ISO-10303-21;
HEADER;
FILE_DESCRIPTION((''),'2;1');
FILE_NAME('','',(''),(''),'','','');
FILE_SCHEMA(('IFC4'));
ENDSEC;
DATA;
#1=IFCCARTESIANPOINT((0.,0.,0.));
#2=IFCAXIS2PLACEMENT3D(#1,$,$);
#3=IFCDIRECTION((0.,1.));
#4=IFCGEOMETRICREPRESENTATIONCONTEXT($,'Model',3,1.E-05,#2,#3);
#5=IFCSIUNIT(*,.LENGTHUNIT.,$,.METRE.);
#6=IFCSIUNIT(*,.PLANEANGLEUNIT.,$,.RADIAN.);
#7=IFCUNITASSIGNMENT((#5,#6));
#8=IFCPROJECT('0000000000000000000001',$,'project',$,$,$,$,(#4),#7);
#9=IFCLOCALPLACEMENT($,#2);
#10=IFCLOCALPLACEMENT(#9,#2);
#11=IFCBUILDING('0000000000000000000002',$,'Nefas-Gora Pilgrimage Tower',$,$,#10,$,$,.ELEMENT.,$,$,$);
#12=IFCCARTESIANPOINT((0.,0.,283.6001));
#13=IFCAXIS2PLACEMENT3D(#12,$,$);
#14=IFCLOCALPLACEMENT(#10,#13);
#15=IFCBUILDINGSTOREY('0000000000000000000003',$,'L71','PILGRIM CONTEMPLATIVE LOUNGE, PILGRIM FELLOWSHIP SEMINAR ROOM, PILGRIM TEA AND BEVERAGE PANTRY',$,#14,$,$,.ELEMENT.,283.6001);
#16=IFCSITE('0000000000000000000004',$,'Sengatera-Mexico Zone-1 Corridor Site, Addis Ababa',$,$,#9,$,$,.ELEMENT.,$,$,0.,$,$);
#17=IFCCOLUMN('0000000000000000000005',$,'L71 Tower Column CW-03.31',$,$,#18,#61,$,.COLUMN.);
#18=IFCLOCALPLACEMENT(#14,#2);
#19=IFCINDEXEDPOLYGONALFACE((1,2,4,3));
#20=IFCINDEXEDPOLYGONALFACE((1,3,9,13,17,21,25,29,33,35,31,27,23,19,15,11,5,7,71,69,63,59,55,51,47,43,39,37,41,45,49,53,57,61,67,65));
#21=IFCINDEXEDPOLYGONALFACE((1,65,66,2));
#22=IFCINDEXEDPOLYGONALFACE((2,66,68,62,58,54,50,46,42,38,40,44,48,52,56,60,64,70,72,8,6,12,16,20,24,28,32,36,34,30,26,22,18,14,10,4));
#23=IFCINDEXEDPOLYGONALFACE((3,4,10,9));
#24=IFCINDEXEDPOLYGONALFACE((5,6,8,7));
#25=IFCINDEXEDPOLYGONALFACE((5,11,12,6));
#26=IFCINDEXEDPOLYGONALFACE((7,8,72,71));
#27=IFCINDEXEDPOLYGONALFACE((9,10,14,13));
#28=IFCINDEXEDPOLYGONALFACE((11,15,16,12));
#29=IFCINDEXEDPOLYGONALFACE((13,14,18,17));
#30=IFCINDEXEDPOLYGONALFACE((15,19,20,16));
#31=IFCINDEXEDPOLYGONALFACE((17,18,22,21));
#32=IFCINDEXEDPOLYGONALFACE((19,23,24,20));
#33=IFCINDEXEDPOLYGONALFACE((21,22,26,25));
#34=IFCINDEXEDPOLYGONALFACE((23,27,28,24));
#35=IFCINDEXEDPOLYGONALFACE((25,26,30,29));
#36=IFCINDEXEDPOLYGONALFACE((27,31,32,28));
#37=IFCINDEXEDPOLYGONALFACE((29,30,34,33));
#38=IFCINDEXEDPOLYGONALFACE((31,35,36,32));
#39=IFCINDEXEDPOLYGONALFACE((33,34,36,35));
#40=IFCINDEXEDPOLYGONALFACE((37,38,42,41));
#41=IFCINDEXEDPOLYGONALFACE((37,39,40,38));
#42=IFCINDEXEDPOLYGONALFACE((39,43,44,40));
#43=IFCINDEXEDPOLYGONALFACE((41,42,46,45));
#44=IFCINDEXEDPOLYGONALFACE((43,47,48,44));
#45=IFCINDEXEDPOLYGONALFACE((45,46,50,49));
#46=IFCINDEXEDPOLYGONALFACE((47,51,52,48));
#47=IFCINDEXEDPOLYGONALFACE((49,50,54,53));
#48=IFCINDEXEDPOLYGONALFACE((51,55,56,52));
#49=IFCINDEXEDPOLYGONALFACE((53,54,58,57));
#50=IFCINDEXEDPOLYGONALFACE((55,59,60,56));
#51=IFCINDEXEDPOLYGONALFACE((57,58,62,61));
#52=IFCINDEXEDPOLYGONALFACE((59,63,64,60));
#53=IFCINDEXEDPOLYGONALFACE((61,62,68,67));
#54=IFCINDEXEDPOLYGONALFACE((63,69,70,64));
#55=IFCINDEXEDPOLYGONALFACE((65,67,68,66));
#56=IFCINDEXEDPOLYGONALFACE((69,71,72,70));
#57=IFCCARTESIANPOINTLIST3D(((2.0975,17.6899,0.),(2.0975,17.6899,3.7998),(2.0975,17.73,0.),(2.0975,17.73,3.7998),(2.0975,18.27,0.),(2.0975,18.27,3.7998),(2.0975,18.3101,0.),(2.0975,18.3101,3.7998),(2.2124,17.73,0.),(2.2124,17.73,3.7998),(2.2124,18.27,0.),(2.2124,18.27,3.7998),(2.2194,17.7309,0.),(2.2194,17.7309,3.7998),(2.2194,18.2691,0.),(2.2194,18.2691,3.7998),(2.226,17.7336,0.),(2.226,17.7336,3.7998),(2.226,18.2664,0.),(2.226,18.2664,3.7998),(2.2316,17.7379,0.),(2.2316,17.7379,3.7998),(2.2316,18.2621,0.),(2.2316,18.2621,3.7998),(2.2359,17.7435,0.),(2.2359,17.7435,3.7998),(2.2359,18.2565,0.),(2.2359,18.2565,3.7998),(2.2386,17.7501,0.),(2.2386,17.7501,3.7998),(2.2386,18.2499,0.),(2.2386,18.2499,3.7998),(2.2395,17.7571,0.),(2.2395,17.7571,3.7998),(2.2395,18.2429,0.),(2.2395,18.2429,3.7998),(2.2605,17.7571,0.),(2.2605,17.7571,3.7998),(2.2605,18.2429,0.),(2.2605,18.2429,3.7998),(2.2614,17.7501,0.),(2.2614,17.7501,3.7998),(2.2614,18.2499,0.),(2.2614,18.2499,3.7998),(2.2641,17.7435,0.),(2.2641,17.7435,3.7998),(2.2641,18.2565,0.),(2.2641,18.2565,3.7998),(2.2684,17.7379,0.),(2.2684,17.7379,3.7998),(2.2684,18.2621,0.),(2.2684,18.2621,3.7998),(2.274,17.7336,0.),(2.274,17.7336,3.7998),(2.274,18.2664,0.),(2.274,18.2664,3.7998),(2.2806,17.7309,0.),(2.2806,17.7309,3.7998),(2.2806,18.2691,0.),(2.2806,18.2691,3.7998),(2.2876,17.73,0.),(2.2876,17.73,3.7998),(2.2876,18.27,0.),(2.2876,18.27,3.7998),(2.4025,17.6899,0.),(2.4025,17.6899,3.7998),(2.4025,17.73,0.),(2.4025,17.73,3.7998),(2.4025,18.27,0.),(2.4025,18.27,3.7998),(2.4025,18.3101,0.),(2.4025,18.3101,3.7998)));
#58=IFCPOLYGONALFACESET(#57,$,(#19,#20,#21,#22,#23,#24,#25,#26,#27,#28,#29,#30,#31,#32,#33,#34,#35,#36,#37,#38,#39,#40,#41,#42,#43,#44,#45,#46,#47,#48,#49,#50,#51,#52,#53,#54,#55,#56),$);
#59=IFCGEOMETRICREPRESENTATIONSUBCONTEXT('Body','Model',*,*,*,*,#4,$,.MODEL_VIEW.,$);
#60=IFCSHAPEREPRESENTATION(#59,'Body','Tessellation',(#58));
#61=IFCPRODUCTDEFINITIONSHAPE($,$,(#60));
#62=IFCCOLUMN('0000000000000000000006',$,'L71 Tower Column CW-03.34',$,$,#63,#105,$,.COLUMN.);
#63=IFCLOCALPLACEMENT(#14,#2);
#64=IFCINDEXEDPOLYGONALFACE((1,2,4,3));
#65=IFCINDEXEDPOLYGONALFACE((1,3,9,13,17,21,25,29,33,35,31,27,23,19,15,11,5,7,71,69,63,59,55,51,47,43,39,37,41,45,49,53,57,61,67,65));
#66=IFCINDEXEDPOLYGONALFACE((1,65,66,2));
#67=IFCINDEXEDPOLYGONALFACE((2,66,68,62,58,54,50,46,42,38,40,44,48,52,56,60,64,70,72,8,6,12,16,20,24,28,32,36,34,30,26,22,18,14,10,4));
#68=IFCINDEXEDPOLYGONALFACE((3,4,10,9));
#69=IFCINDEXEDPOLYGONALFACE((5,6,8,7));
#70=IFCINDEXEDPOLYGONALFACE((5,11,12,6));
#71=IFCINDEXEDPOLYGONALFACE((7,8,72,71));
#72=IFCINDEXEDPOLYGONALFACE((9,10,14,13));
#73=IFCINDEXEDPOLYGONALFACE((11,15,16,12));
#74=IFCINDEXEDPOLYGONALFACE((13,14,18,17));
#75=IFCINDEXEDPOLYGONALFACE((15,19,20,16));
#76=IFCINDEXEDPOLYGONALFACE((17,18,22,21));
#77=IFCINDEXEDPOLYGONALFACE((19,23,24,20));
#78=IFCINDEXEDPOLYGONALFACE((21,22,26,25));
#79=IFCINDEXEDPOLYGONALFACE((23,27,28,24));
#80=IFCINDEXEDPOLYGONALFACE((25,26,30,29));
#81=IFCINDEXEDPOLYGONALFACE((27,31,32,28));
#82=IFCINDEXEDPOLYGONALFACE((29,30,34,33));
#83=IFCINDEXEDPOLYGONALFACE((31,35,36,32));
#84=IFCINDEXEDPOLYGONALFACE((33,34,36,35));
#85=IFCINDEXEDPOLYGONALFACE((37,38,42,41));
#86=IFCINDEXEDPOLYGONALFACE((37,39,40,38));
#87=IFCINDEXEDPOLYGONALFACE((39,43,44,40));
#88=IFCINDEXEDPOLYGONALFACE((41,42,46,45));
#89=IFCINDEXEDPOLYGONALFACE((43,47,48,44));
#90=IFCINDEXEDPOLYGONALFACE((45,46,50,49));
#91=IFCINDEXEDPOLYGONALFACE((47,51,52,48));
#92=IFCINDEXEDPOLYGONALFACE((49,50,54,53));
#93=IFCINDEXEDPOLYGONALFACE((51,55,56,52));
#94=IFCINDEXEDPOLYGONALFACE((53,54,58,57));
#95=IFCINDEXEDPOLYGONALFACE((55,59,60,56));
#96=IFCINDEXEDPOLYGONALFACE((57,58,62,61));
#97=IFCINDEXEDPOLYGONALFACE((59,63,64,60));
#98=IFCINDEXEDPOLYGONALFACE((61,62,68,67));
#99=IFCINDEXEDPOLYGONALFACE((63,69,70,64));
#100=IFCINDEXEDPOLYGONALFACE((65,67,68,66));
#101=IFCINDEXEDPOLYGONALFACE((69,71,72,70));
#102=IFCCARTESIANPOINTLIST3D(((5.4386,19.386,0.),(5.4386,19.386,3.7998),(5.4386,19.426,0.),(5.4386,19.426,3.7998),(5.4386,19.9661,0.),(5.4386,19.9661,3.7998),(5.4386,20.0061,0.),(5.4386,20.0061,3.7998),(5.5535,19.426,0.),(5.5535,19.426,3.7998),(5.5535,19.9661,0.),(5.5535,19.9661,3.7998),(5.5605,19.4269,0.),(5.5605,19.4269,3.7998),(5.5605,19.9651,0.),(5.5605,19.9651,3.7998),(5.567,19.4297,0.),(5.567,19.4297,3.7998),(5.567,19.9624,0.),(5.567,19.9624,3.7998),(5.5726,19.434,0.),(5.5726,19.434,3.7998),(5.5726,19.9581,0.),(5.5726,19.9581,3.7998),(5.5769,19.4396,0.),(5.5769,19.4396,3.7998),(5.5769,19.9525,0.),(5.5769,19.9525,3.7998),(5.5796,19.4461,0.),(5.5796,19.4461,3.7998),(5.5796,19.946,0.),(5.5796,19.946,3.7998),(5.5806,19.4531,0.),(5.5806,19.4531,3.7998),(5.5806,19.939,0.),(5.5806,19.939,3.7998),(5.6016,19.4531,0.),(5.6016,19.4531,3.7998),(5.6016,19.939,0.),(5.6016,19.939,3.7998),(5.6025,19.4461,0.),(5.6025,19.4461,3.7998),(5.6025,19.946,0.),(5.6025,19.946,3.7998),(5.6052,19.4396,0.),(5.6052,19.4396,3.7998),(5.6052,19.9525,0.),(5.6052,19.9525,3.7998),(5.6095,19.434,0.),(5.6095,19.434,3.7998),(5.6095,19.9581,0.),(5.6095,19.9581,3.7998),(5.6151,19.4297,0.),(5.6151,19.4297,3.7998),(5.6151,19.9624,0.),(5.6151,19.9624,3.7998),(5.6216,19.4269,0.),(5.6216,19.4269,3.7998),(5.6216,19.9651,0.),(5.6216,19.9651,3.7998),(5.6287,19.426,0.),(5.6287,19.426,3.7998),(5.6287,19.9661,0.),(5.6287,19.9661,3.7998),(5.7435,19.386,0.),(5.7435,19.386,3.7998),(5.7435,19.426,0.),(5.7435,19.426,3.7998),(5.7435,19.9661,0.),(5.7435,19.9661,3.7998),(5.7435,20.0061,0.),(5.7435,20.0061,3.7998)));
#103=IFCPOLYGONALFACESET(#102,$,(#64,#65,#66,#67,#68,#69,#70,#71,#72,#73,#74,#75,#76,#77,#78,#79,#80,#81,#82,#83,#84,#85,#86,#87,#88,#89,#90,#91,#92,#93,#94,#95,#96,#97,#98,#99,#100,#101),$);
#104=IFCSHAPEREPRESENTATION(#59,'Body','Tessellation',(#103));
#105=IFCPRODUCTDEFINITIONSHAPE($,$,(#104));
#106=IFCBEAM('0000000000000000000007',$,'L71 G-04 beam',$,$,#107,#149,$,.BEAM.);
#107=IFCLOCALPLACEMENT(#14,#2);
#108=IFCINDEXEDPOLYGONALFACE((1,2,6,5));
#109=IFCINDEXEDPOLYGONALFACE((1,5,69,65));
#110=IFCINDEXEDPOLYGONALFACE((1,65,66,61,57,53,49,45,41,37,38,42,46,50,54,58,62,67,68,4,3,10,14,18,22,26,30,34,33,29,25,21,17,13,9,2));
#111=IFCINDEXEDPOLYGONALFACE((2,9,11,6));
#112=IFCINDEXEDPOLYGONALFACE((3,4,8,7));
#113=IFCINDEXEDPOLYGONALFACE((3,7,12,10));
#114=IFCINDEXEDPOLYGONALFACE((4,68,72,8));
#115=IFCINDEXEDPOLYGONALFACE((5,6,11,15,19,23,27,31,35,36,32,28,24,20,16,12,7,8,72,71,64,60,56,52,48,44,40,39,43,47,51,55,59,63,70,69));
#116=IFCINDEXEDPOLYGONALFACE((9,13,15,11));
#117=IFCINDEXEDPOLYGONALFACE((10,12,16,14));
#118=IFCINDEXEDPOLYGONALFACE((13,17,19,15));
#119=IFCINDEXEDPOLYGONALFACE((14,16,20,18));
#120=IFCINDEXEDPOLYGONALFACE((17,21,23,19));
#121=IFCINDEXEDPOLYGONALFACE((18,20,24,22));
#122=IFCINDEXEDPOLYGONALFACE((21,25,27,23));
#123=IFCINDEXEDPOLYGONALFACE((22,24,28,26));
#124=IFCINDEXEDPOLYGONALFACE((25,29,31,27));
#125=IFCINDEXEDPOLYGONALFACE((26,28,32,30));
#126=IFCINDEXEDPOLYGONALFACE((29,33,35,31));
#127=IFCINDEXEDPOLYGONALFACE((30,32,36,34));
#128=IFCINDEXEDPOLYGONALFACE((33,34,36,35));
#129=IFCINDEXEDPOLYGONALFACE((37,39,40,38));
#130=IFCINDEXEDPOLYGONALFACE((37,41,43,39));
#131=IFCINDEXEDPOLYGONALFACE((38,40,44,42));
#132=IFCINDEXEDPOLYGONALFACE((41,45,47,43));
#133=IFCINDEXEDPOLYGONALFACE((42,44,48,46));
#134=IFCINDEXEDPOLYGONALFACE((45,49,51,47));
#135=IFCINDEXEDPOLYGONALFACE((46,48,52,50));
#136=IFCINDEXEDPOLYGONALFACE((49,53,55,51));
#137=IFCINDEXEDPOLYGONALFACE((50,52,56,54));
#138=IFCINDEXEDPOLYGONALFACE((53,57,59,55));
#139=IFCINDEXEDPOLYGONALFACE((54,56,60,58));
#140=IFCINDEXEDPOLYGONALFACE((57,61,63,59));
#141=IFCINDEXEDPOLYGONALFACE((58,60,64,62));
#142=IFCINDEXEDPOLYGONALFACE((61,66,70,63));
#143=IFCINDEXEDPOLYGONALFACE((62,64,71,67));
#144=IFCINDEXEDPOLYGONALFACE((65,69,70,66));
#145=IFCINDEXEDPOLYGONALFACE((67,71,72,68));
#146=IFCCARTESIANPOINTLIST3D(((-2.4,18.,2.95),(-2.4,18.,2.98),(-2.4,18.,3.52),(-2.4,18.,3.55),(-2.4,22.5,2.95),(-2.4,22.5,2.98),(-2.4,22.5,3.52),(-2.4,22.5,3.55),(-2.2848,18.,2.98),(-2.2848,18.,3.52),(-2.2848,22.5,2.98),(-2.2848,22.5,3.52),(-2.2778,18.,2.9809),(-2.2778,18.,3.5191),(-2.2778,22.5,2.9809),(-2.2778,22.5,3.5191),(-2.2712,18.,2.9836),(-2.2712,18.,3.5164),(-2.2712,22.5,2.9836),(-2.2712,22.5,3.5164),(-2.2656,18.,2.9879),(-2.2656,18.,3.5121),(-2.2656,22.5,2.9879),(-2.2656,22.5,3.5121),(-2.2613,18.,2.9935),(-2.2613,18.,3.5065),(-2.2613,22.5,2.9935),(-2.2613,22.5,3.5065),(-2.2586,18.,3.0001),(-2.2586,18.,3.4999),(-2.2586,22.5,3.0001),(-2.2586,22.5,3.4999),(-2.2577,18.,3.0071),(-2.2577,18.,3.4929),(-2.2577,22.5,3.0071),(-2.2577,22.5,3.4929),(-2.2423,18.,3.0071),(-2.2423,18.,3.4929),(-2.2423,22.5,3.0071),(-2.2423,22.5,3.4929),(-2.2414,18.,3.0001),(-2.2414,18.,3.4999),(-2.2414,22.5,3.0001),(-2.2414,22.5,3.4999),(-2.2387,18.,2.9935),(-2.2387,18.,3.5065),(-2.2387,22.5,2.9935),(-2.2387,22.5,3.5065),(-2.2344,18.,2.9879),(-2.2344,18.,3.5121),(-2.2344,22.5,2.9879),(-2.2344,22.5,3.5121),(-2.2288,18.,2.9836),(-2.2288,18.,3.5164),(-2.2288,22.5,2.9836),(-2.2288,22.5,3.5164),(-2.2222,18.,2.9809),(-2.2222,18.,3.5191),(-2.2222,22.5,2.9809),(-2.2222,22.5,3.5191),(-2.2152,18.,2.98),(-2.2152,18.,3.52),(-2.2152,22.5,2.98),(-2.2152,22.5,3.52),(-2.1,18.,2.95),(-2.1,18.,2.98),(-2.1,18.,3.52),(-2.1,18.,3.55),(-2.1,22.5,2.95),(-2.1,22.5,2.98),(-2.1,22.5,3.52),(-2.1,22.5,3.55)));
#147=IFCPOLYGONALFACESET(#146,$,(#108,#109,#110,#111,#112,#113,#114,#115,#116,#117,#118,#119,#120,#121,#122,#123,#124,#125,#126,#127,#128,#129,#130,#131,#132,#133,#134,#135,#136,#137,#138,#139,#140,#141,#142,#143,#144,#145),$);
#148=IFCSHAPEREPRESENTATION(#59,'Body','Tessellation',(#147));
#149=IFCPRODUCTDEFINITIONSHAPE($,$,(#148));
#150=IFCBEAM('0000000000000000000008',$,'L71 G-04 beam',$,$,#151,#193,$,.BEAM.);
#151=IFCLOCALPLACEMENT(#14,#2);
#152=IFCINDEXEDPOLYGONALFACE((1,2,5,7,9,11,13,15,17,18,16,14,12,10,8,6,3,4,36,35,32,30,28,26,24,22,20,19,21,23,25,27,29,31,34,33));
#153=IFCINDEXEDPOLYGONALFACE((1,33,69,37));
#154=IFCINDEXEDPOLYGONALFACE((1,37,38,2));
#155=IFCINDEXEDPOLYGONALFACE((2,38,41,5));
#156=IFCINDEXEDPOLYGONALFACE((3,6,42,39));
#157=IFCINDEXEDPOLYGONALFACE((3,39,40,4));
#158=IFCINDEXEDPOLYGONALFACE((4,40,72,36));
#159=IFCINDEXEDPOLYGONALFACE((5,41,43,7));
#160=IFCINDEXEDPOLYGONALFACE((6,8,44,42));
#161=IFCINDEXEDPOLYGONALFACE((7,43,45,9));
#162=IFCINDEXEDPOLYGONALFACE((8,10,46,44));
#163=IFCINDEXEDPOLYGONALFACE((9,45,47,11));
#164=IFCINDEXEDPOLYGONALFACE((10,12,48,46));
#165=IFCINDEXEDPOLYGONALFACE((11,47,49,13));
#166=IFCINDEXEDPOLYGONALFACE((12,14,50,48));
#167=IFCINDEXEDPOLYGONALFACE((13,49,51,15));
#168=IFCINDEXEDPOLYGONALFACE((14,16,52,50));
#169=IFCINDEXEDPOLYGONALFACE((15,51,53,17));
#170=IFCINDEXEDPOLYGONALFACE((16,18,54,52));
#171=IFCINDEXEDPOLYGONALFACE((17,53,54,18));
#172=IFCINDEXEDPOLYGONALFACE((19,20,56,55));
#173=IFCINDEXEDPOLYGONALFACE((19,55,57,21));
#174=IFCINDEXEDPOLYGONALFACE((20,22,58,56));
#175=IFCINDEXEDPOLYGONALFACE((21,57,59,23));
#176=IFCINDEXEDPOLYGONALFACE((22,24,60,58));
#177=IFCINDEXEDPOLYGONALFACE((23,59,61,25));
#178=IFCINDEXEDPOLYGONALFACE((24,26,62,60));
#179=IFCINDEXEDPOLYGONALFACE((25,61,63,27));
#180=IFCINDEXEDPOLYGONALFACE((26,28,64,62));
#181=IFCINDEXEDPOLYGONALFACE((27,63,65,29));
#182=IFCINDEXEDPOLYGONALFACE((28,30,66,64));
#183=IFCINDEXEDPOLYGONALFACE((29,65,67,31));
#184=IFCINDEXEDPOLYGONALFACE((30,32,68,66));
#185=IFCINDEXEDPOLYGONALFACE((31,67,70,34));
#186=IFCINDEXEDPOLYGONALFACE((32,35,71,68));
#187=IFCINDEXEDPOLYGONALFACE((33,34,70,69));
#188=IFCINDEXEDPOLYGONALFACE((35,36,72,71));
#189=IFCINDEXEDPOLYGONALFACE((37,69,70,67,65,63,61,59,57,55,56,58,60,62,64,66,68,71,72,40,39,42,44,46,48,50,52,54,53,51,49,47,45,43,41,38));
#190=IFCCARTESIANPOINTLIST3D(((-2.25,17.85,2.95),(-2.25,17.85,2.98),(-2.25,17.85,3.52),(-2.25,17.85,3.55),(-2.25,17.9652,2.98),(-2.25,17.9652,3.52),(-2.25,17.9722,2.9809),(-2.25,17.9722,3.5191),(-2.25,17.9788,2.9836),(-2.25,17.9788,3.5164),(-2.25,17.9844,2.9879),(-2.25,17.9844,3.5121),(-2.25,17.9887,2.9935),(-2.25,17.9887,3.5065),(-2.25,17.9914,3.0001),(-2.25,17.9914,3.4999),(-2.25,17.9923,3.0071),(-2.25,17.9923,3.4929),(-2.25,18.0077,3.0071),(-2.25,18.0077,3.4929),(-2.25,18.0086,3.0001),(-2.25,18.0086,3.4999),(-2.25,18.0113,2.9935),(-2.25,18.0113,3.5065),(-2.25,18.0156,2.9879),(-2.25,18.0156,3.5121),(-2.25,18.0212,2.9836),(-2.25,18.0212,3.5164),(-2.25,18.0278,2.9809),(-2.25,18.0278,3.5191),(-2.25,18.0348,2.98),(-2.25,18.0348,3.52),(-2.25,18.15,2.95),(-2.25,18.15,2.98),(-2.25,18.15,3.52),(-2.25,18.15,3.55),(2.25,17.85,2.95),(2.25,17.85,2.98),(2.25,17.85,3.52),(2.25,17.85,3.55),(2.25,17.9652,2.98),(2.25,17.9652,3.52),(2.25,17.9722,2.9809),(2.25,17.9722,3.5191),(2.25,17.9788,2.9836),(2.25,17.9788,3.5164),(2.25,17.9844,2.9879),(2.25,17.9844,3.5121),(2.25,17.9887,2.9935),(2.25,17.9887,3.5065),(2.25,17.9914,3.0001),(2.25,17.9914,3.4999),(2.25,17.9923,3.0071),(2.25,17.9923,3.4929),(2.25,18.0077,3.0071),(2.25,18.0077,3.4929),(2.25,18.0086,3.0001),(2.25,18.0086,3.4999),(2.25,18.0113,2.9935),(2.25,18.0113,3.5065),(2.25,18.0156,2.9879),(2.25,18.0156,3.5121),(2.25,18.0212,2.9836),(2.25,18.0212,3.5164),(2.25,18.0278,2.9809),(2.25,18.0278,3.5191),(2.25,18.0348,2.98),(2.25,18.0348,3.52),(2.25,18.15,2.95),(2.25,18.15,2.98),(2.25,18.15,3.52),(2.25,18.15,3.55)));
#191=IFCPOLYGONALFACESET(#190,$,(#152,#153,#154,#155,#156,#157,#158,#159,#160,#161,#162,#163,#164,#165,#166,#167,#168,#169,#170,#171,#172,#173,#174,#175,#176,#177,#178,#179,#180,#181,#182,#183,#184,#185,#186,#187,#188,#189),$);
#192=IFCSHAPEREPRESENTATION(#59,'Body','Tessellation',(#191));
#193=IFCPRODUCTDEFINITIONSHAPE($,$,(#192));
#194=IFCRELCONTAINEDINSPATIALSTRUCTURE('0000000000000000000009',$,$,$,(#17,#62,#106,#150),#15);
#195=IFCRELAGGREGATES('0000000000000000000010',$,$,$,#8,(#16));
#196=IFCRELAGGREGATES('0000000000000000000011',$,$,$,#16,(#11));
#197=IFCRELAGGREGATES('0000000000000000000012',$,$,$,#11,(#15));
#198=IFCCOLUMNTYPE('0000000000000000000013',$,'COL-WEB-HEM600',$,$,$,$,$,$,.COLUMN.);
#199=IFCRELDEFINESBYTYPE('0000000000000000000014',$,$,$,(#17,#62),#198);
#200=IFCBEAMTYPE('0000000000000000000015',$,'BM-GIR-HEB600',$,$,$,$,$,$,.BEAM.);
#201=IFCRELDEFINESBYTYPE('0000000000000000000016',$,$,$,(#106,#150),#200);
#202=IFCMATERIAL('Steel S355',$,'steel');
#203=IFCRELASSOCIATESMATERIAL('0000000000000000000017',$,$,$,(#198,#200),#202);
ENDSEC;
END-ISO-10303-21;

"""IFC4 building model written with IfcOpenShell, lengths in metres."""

from ifc_helpers import new_model, si_unit, direction, frame, origin, origin_2d, place, context, subcontext, project, spatial, i_section, extrude, source, transform, mapped, material, material_profile, profile_set, type_object, element, save


model = new_model("IFC4")

# Units and contexts
model_context = context("Model", 3, precision=1e-05, world=origin(), true_north=direction((0.0, 1.0)))
body_context = subcontext(model_context, "Body", "Model", "MODEL_VIEW")
ifc_project = project(units=[si_unit("LENGTHUNIT", "METRE"), si_unit("PLANEANGLEUNIT", "RADIAN")], contexts=[model_context])

# Site, building, storey
site_placement = place(None, origin())
site = spatial("IfcSite", under=ifc_project, at=site_placement, Name="Sengatera-Mexico Zone-1 Corridor Site, Addis Ababa", CompositionType="ELEMENT", RefElevation=0.0)
building_placement = place(site_placement, origin())
building = spatial("IfcBuilding", under=site, at=building_placement, Name="Nefas-Gora Pilgrimage Tower", CompositionType="ELEMENT")
storey_placement = place(building_placement, frame((0.0, 0.0, 283.6001)))
storey = spatial("IfcBuildingStorey", under=building, at=storey_placement, Name="L71", Description="PILGRIM CONTEMPLATIVE LOUNGE, PILGRIM FELLOWSHIP SEMINAR ROOM, PILGRIM TEA AND BEVERAGE PANTRY", CompositionType="ELEMENT", Elevation=283.6001)

# Columns
ifc_material_1 = material(Name="Steel S355", Category="steel")
ifc_material_profile_1 = material_profile(ifc_material_1, i_section(OverallWidth=0.3049, OverallDepth=0.6201, WebThickness=0.021, FlangeThickness=0.04, FilletRadius=0.0271, at=origin_2d()), Name="HEM 600")
ifc_profile_set_1 = profile_set([ifc_material_profile_1], Name="Steel S355")
column_type_1 = type_object("IfcColumnType", Name="COL-WEB-HEM600", PredefinedType="COLUMN", material=ifc_profile_set_1)
shared_shape_1 = source(origin(), body_context, "Body", "SweptSolid", [
    extrude(i_section(OverallWidth=0.3049, OverallDepth=0.6201, WebThickness=0.021, FlangeThickness=0.04, FilletRadius=0.0271, at=origin_2d()), origin(), (0.0, 0.0, 1.0), 3.7998),
])
for number, where, z_axis, x_axis, name in (
    (1, (2.25, 18.0, 0.0), (0.0, 0.0, 1.0), (1.0, 0.0, 0.0), "L71 Tower Column CW-03.31"),
    (2, (5.5911, 19.696, 0.0), (0.0, 0.0, 1.0), (1.0, 0.0, 0.0), "L71 Tower Column CW-03.34"),
):
    element("IfcColumn", number, at=place(storey_placement, frame(where, z_axis=z_axis, x_axis=x_axis)), inside=storey, type_object=column_type_1, Name=name, PredefinedType="COLUMN", context=body_context, shape_type="MappedRepresentation", body=[
        mapped(shared_shape_1, transform((0.0, 0.0, 0.0), x_axis=(1.0, 0.0, 0.0), y_axis=(0.0, 1.0, 0.0), z_axis=(0.0, 0.0, 1.0), scale=1.0)),
    ])

# Beams
ifc_material_profile_2 = material_profile(ifc_material_1, i_section(OverallWidth=0.3, OverallDepth=0.6001, WebThickness=0.0154, FlangeThickness=0.03, FilletRadius=0.0271, at=origin_2d()), Name="HEB 600")
ifc_profile_set_2 = profile_set([ifc_material_profile_2], Name="Steel S355")
beam_type = type_object("IfcBeamType", Name="BM-GIR-HEB600", PredefinedType="BEAM", material=ifc_profile_set_2)
shared_shape_2 = source(origin(), body_context, "Body", "SweptSolid", [
    extrude(i_section(OverallWidth=0.3, OverallDepth=0.6001, WebThickness=0.0154, FlangeThickness=0.03, FilletRadius=0.0271, at=origin_2d()), origin(), (0.0, 0.0, 1.0), 4.5),
])
for number, where, z_axis, x_axis, name in (
    (3, (-2.25, 18.0, 3.25), (0.0, 1.0, 0.0), (-1.0, 0.0, 0.0), "L71 G-04 beam"),
    (4, (-2.25, 18.0, 3.25), (1.0, 0.0, 0.0), (0.0, 1.0, 0.0), "L71 G-04 beam"),
):
    element("IfcBeam", number, at=place(storey_placement, frame(where, z_axis=z_axis, x_axis=x_axis)), inside=storey, type_object=beam_type, Name=name, PredefinedType="BEAM", context=body_context, shape_type="MappedRepresentation", body=[
        mapped(shared_shape_2, transform((0.0, 0.0, 0.0), x_axis=(1.0, 0.0, 0.0), y_axis=(0.0, 1.0, 0.0), z_axis=(0.0, 0.0, 1.0), scale=1.0)),
    ])

save(model, "model.ifc")
